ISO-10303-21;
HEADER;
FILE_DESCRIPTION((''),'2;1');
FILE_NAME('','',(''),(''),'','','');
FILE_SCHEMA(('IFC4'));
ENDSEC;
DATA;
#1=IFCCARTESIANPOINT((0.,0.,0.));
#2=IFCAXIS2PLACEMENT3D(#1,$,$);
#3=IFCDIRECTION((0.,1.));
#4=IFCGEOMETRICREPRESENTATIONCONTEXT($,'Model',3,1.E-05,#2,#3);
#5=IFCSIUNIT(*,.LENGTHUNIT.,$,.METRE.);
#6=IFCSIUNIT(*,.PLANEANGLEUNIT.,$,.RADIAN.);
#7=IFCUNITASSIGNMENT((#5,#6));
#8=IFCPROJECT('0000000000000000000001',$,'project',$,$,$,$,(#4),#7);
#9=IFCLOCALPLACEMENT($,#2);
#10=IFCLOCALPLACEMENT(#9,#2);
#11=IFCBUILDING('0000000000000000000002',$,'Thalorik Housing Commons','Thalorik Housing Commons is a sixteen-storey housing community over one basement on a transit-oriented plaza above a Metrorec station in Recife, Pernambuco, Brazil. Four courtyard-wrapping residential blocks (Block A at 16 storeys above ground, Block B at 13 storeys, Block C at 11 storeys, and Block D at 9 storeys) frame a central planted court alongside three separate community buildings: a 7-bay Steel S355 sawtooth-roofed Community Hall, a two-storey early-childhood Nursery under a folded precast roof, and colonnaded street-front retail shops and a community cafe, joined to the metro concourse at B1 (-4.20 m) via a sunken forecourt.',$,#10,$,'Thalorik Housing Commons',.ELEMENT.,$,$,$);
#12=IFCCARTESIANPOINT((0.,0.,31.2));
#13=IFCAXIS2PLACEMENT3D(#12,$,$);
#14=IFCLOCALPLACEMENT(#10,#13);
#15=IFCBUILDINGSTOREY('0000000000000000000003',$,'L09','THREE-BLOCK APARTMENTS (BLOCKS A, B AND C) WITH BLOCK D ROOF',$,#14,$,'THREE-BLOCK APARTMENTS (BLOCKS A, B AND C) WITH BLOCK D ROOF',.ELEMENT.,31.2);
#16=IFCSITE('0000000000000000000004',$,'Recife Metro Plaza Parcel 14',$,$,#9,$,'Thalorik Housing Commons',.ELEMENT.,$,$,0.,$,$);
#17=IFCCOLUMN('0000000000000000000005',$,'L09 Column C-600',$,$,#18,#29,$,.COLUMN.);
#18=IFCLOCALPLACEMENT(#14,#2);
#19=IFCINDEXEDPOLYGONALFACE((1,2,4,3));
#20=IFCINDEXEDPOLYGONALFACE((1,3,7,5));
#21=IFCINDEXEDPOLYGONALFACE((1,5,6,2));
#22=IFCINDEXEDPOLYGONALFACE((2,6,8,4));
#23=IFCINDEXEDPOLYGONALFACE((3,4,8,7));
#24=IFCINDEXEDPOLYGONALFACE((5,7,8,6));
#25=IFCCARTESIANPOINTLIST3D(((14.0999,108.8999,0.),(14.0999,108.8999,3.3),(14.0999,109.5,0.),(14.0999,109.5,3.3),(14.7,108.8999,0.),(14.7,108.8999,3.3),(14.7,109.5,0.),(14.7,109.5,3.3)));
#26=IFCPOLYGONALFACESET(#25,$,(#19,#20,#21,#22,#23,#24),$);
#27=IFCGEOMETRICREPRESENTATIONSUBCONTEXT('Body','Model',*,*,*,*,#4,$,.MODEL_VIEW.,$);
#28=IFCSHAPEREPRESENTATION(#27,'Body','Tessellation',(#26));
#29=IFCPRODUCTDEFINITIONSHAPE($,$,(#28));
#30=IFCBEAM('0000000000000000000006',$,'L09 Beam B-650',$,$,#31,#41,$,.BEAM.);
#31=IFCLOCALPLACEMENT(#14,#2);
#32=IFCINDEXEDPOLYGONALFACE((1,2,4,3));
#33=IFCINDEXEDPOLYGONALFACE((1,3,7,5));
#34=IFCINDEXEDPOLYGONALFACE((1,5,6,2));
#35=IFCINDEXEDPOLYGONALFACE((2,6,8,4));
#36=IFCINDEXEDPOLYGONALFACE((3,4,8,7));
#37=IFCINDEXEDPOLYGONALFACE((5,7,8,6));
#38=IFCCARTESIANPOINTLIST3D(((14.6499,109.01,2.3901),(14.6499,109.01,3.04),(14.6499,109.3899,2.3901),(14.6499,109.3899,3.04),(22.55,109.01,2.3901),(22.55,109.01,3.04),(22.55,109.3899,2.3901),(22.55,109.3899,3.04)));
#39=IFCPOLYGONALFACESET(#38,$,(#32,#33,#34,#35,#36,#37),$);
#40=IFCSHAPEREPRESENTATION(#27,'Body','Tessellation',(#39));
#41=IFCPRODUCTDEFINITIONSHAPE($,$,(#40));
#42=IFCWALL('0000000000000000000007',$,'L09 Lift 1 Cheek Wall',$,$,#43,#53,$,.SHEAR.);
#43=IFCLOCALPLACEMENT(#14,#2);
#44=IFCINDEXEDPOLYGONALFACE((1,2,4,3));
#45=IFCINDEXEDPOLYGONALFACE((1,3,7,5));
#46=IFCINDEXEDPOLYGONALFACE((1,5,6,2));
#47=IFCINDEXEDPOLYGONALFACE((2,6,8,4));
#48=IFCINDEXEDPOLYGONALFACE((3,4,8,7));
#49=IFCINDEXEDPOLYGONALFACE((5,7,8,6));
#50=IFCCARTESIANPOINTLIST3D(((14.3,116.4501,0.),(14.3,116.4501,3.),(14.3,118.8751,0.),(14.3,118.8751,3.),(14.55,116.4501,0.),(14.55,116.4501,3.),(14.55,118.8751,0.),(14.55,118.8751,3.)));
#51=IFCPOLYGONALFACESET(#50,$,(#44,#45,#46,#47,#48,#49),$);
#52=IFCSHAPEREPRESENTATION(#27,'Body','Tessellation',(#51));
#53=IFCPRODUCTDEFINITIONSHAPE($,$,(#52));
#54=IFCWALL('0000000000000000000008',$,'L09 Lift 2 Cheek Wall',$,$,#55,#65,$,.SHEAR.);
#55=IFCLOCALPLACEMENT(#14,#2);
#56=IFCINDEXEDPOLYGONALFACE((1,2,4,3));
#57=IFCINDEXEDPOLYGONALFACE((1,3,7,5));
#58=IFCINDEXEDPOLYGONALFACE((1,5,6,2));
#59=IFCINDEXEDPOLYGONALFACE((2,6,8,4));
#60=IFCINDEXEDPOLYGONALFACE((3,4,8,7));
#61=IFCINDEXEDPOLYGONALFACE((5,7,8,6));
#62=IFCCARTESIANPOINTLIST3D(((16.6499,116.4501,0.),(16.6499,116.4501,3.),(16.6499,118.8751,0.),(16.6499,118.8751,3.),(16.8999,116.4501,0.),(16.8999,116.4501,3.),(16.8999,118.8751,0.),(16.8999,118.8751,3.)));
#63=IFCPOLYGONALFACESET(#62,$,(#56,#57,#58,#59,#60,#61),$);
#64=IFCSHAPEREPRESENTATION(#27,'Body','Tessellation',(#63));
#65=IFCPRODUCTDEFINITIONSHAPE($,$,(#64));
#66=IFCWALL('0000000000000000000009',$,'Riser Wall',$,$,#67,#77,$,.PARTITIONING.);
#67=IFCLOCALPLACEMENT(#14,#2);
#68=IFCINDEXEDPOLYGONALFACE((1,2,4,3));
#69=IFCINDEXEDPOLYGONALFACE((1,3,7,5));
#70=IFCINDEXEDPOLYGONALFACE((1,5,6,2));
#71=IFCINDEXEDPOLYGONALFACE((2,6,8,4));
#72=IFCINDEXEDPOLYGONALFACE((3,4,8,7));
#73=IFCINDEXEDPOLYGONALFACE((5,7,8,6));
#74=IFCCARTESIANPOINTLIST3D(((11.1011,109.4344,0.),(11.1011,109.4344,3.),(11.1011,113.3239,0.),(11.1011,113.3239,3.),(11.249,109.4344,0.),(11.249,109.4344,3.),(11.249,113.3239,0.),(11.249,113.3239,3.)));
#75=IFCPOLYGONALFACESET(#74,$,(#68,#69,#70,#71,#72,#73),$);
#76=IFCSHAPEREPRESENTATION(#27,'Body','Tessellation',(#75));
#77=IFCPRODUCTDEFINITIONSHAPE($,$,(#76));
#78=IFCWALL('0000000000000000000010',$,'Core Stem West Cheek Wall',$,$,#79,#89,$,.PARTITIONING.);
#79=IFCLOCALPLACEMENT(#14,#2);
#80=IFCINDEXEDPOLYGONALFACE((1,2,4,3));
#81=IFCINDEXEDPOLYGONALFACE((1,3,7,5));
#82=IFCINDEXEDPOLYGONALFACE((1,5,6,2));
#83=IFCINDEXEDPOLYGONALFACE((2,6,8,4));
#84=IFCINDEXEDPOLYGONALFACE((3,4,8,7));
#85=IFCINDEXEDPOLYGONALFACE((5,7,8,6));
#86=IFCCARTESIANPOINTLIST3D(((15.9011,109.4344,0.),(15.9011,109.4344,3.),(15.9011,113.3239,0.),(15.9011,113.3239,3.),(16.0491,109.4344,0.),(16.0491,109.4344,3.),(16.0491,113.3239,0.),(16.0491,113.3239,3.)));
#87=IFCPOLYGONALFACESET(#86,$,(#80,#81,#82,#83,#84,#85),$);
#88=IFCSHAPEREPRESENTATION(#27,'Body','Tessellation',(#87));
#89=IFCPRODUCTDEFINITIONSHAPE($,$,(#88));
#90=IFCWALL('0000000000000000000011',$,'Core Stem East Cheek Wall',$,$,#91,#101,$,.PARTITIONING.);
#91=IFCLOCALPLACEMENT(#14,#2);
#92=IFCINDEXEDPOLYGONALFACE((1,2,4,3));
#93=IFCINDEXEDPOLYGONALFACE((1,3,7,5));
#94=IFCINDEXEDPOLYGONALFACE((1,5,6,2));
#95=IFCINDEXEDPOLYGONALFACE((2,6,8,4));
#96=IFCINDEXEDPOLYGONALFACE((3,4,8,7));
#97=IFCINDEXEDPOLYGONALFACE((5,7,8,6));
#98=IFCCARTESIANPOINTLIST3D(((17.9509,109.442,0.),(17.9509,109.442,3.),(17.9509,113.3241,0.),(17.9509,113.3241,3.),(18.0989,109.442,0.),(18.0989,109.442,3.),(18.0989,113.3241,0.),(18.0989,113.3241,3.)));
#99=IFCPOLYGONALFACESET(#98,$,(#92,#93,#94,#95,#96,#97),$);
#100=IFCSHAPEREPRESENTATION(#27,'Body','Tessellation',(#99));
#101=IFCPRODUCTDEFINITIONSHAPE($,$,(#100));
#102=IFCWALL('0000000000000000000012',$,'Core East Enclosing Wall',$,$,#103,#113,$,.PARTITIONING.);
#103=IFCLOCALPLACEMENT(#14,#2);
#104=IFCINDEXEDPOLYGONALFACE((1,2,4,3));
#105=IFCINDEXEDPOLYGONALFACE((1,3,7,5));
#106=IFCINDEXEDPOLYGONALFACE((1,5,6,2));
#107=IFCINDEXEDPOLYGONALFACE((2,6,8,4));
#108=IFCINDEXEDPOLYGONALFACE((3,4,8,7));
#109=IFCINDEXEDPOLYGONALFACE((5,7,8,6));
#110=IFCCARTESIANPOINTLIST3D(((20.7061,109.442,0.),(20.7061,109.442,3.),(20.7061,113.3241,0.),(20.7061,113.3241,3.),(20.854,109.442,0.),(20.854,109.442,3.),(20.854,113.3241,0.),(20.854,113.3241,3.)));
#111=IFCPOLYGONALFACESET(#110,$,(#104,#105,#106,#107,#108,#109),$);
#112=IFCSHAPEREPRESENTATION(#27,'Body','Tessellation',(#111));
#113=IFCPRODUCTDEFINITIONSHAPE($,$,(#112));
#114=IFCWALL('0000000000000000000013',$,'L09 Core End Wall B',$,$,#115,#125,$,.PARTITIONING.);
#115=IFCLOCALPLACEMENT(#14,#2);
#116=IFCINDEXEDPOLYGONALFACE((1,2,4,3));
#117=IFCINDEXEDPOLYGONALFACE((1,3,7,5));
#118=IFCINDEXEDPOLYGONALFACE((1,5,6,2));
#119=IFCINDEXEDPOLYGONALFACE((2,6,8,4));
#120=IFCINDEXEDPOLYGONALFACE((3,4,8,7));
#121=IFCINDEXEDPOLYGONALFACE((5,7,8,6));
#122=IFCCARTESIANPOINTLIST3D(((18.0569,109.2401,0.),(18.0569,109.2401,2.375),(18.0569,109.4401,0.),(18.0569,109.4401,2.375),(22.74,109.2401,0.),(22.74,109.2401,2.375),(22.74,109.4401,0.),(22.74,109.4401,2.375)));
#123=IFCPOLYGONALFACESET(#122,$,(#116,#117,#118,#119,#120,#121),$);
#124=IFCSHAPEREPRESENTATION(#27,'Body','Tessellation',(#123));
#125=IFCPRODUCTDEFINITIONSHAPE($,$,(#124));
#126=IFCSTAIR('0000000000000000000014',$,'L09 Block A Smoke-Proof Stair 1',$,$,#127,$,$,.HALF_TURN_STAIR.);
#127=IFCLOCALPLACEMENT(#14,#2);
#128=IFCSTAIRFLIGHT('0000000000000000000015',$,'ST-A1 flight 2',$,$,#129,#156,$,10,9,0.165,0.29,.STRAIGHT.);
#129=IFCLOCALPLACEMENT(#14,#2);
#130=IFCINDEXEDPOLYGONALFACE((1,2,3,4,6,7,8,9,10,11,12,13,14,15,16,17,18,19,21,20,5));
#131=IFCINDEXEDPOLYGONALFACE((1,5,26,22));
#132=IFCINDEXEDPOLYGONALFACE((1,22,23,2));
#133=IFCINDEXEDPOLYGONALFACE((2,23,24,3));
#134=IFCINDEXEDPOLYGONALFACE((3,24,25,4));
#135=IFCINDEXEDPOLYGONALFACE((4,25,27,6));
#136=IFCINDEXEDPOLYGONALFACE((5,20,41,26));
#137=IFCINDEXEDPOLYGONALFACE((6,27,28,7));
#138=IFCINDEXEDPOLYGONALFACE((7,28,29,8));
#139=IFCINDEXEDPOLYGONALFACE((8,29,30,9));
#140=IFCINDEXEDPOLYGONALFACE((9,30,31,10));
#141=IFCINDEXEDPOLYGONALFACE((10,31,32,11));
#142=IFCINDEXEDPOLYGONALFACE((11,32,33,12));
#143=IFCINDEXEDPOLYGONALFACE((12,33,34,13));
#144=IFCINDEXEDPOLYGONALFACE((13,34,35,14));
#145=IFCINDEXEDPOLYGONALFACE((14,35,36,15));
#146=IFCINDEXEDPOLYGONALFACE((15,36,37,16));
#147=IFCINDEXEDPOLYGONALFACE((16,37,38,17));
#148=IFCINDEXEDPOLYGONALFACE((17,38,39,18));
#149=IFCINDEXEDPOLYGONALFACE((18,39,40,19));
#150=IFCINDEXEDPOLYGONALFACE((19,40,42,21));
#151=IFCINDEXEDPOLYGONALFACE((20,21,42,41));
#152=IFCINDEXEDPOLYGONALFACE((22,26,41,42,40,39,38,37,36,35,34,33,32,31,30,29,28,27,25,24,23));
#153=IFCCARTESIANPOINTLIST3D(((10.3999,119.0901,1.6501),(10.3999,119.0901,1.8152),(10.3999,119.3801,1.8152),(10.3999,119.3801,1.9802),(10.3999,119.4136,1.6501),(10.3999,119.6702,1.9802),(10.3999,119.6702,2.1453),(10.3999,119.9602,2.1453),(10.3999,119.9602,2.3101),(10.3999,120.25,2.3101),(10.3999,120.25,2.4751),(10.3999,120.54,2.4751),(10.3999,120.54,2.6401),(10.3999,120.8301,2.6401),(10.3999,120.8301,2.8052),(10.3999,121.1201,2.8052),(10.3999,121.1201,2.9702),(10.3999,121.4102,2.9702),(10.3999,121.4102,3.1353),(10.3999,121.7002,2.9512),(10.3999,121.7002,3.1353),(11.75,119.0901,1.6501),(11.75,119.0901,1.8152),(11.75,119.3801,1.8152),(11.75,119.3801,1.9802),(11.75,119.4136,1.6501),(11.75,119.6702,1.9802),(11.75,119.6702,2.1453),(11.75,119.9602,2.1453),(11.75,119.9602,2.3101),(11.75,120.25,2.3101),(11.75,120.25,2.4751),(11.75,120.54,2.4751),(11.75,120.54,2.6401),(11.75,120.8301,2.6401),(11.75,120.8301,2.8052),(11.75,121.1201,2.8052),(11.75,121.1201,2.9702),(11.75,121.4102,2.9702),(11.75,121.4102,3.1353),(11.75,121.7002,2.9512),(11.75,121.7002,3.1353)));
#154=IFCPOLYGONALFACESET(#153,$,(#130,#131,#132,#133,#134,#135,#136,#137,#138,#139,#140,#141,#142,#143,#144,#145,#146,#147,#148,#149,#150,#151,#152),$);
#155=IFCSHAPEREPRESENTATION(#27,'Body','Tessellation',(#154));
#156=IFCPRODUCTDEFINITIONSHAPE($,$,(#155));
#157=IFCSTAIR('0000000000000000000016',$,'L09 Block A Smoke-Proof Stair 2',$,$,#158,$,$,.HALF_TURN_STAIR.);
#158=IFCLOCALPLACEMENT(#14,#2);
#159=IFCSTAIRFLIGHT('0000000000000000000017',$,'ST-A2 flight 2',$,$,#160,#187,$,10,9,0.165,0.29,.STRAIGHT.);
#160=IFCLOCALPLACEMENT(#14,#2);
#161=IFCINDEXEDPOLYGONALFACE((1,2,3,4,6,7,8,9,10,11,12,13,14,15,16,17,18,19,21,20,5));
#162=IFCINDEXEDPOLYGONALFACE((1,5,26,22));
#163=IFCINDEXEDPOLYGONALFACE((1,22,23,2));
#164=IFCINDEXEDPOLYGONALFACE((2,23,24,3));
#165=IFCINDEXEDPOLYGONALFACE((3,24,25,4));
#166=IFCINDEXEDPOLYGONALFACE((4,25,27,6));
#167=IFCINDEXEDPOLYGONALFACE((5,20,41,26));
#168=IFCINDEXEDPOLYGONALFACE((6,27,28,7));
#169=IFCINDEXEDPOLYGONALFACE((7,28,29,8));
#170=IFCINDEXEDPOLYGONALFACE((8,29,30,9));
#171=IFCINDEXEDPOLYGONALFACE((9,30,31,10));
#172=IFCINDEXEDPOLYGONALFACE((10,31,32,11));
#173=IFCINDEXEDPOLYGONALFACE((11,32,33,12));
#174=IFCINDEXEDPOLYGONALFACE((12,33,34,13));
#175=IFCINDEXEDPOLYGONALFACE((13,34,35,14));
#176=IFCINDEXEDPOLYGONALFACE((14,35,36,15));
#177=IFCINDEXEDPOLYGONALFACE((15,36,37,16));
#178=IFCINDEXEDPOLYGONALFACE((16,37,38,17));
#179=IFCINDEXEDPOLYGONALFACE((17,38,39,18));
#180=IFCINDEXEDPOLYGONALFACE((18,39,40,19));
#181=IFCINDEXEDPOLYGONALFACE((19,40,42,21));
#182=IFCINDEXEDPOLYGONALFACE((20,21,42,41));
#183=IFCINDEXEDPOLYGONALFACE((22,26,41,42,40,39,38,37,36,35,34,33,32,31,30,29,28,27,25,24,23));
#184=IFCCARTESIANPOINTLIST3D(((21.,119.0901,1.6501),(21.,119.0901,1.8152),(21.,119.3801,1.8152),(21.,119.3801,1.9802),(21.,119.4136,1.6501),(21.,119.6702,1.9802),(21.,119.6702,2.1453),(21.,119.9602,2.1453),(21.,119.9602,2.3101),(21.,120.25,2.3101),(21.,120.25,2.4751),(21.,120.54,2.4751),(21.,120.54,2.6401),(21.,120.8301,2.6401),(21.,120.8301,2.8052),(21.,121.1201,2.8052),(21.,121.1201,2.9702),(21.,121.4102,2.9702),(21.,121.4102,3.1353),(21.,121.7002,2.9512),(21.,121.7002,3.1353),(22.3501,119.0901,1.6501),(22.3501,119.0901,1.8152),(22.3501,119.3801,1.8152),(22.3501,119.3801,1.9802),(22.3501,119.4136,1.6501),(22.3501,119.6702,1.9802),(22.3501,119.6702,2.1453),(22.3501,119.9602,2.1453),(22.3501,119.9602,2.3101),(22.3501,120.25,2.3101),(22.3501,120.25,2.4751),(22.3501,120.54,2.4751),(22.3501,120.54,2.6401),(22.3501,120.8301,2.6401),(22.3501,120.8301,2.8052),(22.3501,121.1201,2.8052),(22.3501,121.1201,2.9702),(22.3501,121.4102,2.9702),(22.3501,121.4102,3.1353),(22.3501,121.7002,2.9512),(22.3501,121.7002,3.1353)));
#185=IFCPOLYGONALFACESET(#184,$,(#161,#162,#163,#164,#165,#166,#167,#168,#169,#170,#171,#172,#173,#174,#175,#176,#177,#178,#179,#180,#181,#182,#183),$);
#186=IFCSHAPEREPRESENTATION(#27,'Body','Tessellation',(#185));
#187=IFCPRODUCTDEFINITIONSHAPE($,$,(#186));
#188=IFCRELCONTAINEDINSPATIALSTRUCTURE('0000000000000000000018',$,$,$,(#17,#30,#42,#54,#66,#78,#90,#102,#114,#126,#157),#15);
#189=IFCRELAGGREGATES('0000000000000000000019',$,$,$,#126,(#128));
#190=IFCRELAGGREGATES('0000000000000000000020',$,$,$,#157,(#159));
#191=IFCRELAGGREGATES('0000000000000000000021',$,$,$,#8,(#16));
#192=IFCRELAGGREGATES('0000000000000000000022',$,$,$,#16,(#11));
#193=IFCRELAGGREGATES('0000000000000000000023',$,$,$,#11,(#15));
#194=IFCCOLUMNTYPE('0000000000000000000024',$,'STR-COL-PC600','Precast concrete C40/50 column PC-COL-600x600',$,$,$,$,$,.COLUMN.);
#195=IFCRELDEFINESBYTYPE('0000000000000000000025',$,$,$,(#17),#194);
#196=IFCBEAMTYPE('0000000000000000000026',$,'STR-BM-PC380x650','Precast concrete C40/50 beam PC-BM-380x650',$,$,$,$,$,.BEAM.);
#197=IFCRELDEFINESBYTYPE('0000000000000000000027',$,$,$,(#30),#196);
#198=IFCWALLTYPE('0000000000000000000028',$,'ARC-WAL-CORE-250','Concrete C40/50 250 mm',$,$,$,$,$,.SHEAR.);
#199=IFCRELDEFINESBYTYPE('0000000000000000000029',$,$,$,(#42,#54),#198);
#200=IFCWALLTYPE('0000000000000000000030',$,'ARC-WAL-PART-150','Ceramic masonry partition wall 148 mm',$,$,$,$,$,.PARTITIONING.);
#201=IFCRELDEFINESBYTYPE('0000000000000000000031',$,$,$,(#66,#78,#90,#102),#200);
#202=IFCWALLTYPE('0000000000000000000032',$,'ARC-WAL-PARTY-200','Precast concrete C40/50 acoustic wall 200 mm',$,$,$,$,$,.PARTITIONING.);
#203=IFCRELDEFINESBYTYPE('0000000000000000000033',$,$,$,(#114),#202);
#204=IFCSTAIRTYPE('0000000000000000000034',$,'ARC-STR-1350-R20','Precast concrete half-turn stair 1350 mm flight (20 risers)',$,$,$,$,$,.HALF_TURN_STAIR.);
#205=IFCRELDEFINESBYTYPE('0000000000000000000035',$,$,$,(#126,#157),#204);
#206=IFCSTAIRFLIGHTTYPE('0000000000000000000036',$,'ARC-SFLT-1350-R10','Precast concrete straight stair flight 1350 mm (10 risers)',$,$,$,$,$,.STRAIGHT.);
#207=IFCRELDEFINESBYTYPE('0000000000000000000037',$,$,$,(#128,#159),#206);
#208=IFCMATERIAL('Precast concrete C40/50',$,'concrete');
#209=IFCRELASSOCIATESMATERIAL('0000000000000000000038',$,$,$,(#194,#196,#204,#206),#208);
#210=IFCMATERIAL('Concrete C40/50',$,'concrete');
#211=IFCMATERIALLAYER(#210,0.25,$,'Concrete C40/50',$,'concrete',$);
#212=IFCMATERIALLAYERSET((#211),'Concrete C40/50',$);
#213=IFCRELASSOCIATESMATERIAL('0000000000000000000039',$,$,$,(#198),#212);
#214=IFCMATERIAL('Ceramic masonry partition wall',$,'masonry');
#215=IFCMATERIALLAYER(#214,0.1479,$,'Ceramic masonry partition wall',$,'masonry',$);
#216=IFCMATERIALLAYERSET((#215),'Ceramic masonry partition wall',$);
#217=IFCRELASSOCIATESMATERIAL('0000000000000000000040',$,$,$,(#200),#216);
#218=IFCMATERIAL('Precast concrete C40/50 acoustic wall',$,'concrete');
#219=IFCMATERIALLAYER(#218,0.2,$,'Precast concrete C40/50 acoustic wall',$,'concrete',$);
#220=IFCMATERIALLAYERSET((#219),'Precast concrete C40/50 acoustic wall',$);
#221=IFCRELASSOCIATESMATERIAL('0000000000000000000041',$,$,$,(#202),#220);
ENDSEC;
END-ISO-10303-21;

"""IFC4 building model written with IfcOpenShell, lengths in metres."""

from ifc_helpers import new_model, si_unit, direction, frame, frame_2d, origin, origin_2d, place, context, subcontext, project, spatial, polyline, rectangle, outline, extrude, material, layer, layer_set, material_profile, profile_set, type_object, element, aggregate, save


model = new_model("IFC4")

# Units and contexts
model_context = context("Model", 3, precision=1e-05, world=origin(), true_north=direction((0.0, 1.0)))
body_context = subcontext(model_context, "Body", "Model", "MODEL_VIEW")
ifc_project = project(units=[si_unit("LENGTHUNIT", "METRE"), si_unit("PLANEANGLEUNIT", "RADIAN")], contexts=[model_context])

# Site, building, storey
site_placement = place(None, origin())
site = spatial("IfcSite", under=ifc_project, at=site_placement, Name="Recife Metro Plaza Parcel 14", LongName="Thalorik Housing Commons", CompositionType="ELEMENT", RefElevation=0.0)
building_placement = place(site_placement, origin())
building = spatial("IfcBuilding", under=site, at=building_placement, Name="Thalorik Housing Commons", Description="Thalorik Housing Commons is a sixteen-storey housing community over one basement on a transit-oriented plaza above a Metrorec station in Recife, Pernambuco, Brazil. Four courtyard-wrapping residential blocks (Block A at 16 storeys above ground, Block B at 13 storeys, Block C at 11 storeys, and Block D at 9 storeys) frame a central planted court alongside three separate community buildings: a 7-bay Steel S355 sawtooth-roofed Community Hall, a two-storey early-childhood Nursery under a folded precast roof, and colonnaded street-front retail shops and a community cafe, joined to the metro concourse at B1 (-4.20 m) via a sunken forecourt.", LongName="Thalorik Housing Commons", CompositionType="ELEMENT")
storey_placement = place(building_placement, frame((0.0, 0.0, 31.2)))
storey = spatial("IfcBuildingStorey", under=building, at=storey_placement, Name="L09", Description="THREE-BLOCK APARTMENTS (BLOCKS A, B AND C) WITH BLOCK D ROOF", LongName="THREE-BLOCK APARTMENTS (BLOCKS A, B AND C) WITH BLOCK D ROOF", CompositionType="ELEMENT", Elevation=31.2)

# Column
ifc_material_1 = material(Name="Precast concrete C40/50", Category="concrete")
ifc_material_profile_1 = material_profile(ifc_material_1, rectangle(XDim=0.6001, YDim=0.6001, at=origin_2d()), Name="PC 600x600", Category="concrete")
ifc_profile_set_1 = profile_set([ifc_material_profile_1], Name="Precast concrete C40/50")
column_type = type_object("IfcColumnType", Name="STR-COL-PC600", Description="Precast concrete C40/50 column PC-COL-600x600", PredefinedType="COLUMN", material=ifc_profile_set_1)
column_placement = place(storey_placement, frame((14.3999, 109.2, 0.0), z_axis=(0.0, 0.0, 1.0), x_axis=(1.0, 0.0, 0.0)))
element("IfcColumn", 1, at=column_placement, inside=storey, type_object=column_type, Name="L09 Column C-600", PredefinedType="COLUMN", context=body_context, shape_type="SweptSolid", body=[
    extrude(rectangle(XDim=0.6001, YDim=0.6001, at=origin_2d()), origin(), (0.0, 0.0, 1.0), 3.3),
])

# Beam
ifc_material_profile_2 = material_profile(ifc_material_1, rectangle(XDim=0.3799, YDim=0.6499, at=origin_2d()), Name="PC 380x650", Category="concrete")
ifc_profile_set_2 = profile_set([ifc_material_profile_2], Name="Precast concrete C40/50")
beam_type = type_object("IfcBeamType", Name="STR-BM-PC380x650", Description="Precast concrete C40/50 beam PC-BM-380x650", PredefinedType="BEAM", material=ifc_profile_set_2)
beam_placement = place(storey_placement, frame((14.6499, 109.2, 2.7151), z_axis=(1.0, 0.0, 0.0), x_axis=(0.0, 1.0, 0.0)))
element("IfcBeam", 2, at=beam_placement, inside=storey, type_object=beam_type, Name="L09 Beam B-650", PredefinedType="BEAM", context=body_context, shape_type="SweptSolid", body=[
    extrude(rectangle(XDim=0.3799, YDim=0.6499, at=origin_2d()), origin(), (0.0, 0.0, 1.0), 7.9001),
])

# Shared definitions
ifc_material_2 = material(Name="Concrete C40/50", Category="concrete")
ifc_layer_1 = layer(ifc_material_2, 0.25, Name="Concrete C40/50", Category="concrete")
ifc_layer_set_1 = layer_set([ifc_layer_1], Name="Concrete C40/50")
wall_type_1 = type_object("IfcWallType", Name="ARC-WAL-CORE-250", Description="Concrete C40/50 250 mm", PredefinedType="SHEAR", material=ifc_layer_set_1)

# Walls
for number, where, z_axis, x_axis, name in (
    (3, (14.425, 118.875, 0.0), (0.0, 0.0, 1.0), (0.0, -1.0, 0.0), "L09 Lift 1 Cheek Wall"),
    (4, (16.7749, 118.875, 0.0), (0.0, 0.0, 1.0), (0.0, -1.0, 0.0), "L09 Lift 2 Cheek Wall"),
):
    element("IfcWall", number, at=place(storey_placement, frame(where, z_axis=z_axis, x_axis=x_axis)), inside=storey, type_object=wall_type_1, Name=name, PredefinedType="SHEAR", context=body_context, shape_type="SweptSolid", body=[
        extrude(rectangle(XDim=2.425, YDim=0.25, at=frame_2d((1.2124, 0.0))), origin(), (0.0, 0.0, 1.0), 3.0),
    ])
ifc_material_3 = material(Name="Ceramic masonry partition wall", Category="masonry")
ifc_layer_2 = layer(ifc_material_3, 0.1479, Name="Ceramic masonry partition wall", Category="masonry")
ifc_layer_set_2 = layer_set([ifc_layer_2], Name="Ceramic masonry partition wall")
wall_type_2 = type_object("IfcWallType", Name="ARC-WAL-PART-150", Description="Ceramic masonry partition wall 148 mm", PredefinedType="PARTITIONING", material=ifc_layer_set_2)
for number, where, z_axis, x_axis, name in (
    (5, (11.175, 113.324, 0.0), (0.0, 0.0, 1.0), (0.0, -1.0, 0.0), "Riser Wall"),
    (6, (15.9751, 113.324, 0.0), (0.0, 0.0, 1.0), (0.0, -1.0, 0.0), "Core Stem West Cheek Wall"),
):
    element("IfcWall", number, at=place(storey_placement, frame(where, z_axis=z_axis, x_axis=x_axis)), inside=storey, type_object=wall_type_2, Name=name, PredefinedType="PARTITIONING", context=body_context, shape_type="SweptSolid", body=[
        extrude(rectangle(XDim=3.8894, YDim=0.1479, at=frame_2d((1.9448, 0.0))), origin(), (0.0, 0.0, 1.0), 3.0),
    ])
for number, where, z_axis, x_axis, name in (
    (7, (18.0249, 113.324, 0.0), (0.0, 0.0, 1.0), (0.0, -1.0, 0.0), "Core Stem East Cheek Wall"),
    (8, (20.78, 113.324, 0.0), (0.0, 0.0, 1.0), (0.0, -1.0, 0.0), "Core East Enclosing Wall"),
):
    element("IfcWall", number, at=place(storey_placement, frame(where, z_axis=z_axis, x_axis=x_axis)), inside=storey, type_object=wall_type_2, Name=name, PredefinedType="PARTITIONING", context=body_context, shape_type="SweptSolid", body=[
        extrude(rectangle(XDim=3.8821, YDim=0.1479, at=frame_2d((1.9409, 0.0))), origin(), (0.0, 0.0, 1.0), 3.0),
    ])

# Wall
ifc_material_4 = material(Name="Precast concrete C40/50 acoustic wall", Category="concrete")
ifc_layer_3 = layer(ifc_material_4, 0.2, Name="Precast concrete C40/50 acoustic wall", Category="concrete")
ifc_layer_set_3 = layer_set([ifc_layer_3], Name="Precast concrete C40/50 acoustic wall")
wall_type_3 = type_object("IfcWallType", Name="ARC-WAL-PARTY-200", Description="Precast concrete C40/50 acoustic wall 200 mm", PredefinedType="PARTITIONING", material=ifc_layer_set_3)
wall_1_placement = place(storey_placement, frame((18.0569, 109.3401, 0.0), z_axis=(0.0, 0.0, 1.0), x_axis=(1.0, 0.0, 0.0)))
element("IfcWall", 9, at=wall_1_placement, inside=storey, type_object=wall_type_3, Name="L09 Core End Wall B", PredefinedType="PARTITIONING", context=body_context, shape_type="SweptSolid", body=[
    extrude(rectangle(XDim=4.6831, YDim=0.2, at=frame_2d((2.3416, 0.0))), origin(), (0.0, 0.0, 1.0), 2.375),
])

# Stairs, stair flights
stair_type = type_object("IfcStairType", Name="ARC-STR-1350-R20", Description="Precast concrete half-turn stair 1350 mm flight (20 risers)", PredefinedType="HALF_TURN_STAIR", material=ifc_material_1)
stair_1_placement = place(storey_placement, origin())
stair_1 = element("IfcStair", 10, at=stair_1_placement, inside=storey, type_object=stair_type, Name="L09 Block A Smoke-Proof Stair 1", PredefinedType="HALF_TURN_STAIR")
stair_flight_type = type_object("IfcStairFlightType", Name="ARC-SFLT-1350-R10", Description="Precast concrete straight stair flight 1350 mm (10 risers)", PredefinedType="STRAIGHT", material=ifc_material_1)
stair_flight_1_placement = place(storey_placement, frame((11.075, 119.0901, 1.6501), z_axis=(0.0, 0.0, 1.0), x_axis=(0.0, 1.0, 0.0)))
stair_flight_1 = element("IfcStairFlight", 11, at=stair_flight_1_placement, type_object=stair_flight_type, Name="ST-A1 flight 2", NumberOfRisers=10, NumberOfTreads=9, PredefinedType="STRAIGHT", RiserHeight=0.165, TreadLength=0.29, context=body_context, shape_type="SweptSolid", body=[
    extrude(outline(polyline([(0.0, 0.0), (0.0, 0.165), (0.29, 0.165), (0.29, 0.3301), (0.5801, 0.3301), (0.5801, 0.4951), (0.8701, 0.4951), (0.8701, 0.6599), (1.1599, 0.6599), (1.1599, 0.825), (1.45, 0.825), (1.45, 0.99), (1.74, 0.99), (1.74, 1.155), (2.03, 1.155), (2.03, 1.3201), (2.3201, 1.3201), (2.3201, 1.4851), (2.6101, 1.4851), (2.6101, 1.6499), (2.6101, 1.301), (0.3235, 0.0), (0.0, 0.0)])), frame((0.0, 0.675, 0.0), z_axis=(0.0, -1.0, 0.0), x_axis=(1.0, 0.0, 0.0)), (0.0, 0.0, 1.0), 1.3501),
])
aggregate(stair_1, [stair_flight_1])
stair_2_placement = place(storey_placement, origin())
stair_2 = element("IfcStair", 12, at=stair_2_placement, inside=storey, type_object=stair_type, Name="L09 Block A Smoke-Proof Stair 2", PredefinedType="HALF_TURN_STAIR")
stair_flight_2_placement = place(storey_placement, frame((21.675, 119.0901, 1.6501), z_axis=(0.0, 0.0, 1.0), x_axis=(0.0, 1.0, 0.0)))
stair_flight_2 = element("IfcStairFlight", 13, at=stair_flight_2_placement, type_object=stair_flight_type, Name="ST-A2 flight 2", NumberOfRisers=10, NumberOfTreads=9, PredefinedType="STRAIGHT", RiserHeight=0.165, TreadLength=0.29, context=body_context, shape_type="SweptSolid", body=[
    extrude(outline(polyline([(0.0, 0.0), (0.0, 0.165), (0.29, 0.165), (0.29, 0.3301), (0.5801, 0.3301), (0.5801, 0.4951), (0.8701, 0.4951), (0.8701, 0.6599), (1.1599, 0.6599), (1.1599, 0.825), (1.45, 0.825), (1.45, 0.99), (1.74, 0.99), (1.74, 1.155), (2.03, 1.155), (2.03, 1.3201), (2.3201, 1.3201), (2.3201, 1.4851), (2.6101, 1.4851), (2.6101, 1.6499), (2.6101, 1.301), (0.3235, 0.0), (0.0, 0.0)])), frame((0.0, 0.675, 0.0), z_axis=(0.0, -1.0, 0.0), x_axis=(1.0, 0.0, 0.0)), (0.0, 0.0, 1.0), 1.3501),
])
aggregate(stair_2, [stair_flight_2])

save(model, "model.ifc")
